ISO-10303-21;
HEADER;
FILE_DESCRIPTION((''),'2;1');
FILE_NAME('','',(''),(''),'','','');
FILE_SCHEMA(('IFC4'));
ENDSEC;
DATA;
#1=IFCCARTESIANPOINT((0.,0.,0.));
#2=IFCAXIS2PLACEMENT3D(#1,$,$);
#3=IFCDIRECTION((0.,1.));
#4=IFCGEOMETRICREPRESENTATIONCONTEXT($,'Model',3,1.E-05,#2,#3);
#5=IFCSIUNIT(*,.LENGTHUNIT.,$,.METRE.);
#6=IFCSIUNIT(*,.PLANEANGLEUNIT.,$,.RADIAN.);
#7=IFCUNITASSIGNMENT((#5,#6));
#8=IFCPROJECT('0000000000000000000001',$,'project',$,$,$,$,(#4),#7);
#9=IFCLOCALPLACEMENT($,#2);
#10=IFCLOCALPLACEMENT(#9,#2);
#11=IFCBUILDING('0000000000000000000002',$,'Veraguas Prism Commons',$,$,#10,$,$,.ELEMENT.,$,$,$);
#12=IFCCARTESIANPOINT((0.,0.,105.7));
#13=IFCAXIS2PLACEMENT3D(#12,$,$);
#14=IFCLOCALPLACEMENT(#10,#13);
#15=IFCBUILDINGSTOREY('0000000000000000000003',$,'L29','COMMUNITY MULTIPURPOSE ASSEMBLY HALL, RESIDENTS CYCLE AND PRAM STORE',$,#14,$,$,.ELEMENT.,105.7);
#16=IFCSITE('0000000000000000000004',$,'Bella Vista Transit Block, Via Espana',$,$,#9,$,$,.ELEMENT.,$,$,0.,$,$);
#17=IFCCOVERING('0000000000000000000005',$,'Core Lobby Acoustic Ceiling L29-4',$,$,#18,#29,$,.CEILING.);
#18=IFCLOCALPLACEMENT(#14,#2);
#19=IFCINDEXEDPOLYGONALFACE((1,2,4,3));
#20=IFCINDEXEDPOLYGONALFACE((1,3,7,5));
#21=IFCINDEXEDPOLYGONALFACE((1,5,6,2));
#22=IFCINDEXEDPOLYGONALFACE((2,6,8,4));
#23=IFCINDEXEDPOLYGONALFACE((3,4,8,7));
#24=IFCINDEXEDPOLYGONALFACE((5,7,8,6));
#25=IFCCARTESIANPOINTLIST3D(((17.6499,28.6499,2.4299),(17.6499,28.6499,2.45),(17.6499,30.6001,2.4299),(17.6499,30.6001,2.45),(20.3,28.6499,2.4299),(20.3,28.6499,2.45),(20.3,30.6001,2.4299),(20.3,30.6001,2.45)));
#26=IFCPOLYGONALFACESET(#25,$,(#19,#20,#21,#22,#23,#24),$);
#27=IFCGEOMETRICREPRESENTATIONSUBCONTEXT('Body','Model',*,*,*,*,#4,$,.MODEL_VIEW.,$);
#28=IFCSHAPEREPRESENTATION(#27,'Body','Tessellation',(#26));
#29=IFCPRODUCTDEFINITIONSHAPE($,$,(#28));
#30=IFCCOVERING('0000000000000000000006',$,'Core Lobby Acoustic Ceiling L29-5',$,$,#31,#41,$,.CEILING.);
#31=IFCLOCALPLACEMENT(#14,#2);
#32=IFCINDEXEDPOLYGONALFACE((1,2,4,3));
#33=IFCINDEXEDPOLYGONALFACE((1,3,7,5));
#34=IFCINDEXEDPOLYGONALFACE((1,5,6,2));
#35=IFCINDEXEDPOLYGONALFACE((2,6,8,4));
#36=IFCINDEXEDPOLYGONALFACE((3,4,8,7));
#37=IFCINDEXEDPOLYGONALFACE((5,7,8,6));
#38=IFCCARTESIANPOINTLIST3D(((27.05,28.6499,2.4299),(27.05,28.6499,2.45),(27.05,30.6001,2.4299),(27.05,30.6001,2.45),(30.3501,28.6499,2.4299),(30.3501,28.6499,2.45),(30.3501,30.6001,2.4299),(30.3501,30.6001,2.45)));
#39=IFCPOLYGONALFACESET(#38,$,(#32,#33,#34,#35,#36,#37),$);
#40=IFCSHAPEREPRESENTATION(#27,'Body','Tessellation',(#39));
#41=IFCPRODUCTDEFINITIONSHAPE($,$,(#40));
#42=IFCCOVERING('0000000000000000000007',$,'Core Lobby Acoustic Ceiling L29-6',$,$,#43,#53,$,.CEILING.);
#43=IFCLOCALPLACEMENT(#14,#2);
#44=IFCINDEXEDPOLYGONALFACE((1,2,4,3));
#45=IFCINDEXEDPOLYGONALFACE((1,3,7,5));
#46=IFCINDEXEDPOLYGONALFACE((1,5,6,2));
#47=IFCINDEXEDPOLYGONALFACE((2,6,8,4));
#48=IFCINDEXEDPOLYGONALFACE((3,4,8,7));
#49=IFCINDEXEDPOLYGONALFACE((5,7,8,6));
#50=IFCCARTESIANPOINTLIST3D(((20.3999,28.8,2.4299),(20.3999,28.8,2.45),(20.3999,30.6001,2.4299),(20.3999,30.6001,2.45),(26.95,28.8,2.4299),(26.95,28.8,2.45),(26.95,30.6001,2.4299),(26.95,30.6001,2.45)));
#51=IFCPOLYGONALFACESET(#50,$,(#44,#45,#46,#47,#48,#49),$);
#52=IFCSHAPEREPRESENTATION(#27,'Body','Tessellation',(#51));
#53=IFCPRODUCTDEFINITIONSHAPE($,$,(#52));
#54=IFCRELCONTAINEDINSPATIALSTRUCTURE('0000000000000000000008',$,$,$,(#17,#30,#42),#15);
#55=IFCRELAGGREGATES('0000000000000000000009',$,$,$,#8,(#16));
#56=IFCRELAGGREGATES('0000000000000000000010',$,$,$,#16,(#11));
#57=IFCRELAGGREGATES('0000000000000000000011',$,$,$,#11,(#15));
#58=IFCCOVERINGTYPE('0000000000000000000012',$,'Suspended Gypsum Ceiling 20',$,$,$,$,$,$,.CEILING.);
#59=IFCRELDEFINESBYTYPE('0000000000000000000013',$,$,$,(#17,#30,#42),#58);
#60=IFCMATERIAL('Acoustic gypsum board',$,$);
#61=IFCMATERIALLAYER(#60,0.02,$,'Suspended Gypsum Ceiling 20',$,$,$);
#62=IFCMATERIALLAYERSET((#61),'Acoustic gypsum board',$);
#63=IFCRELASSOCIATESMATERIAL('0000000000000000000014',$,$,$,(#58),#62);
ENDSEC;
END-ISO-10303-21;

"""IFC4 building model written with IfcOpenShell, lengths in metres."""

from ifc_helpers import new_model, si_unit, direction, frame, origin, place, context, subcontext, project, spatial, polyline, outline, extrude, material, layer, layer_set, type_object, element, save


model = new_model("IFC4")

# Units and contexts
model_context = context("Model", 3, precision=1e-05, world=origin(), true_north=direction((0.0, 1.0)))
body_context = subcontext(model_context, "Body", "Model", "MODEL_VIEW")
ifc_project = project(units=[si_unit("LENGTHUNIT", "METRE"), si_unit("PLANEANGLEUNIT", "RADIAN")], contexts=[model_context])

# Site, building, storey
site_placement = place(None, origin())
site = spatial("IfcSite", under=ifc_project, at=site_placement, Name="Bella Vista Transit Block, Via Espana", CompositionType="ELEMENT", RefElevation=0.0)
building_placement = place(site_placement, origin())
building = spatial("IfcBuilding", under=site, at=building_placement, Name="Veraguas Prism Commons", CompositionType="ELEMENT")
storey_placement = place(building_placement, frame((0.0, 0.0, 105.7)))
storey = spatial("IfcBuildingStorey", under=building, at=storey_placement, Name="L29", Description="COMMUNITY MULTIPURPOSE ASSEMBLY HALL, RESIDENTS CYCLE AND PRAM STORE", CompositionType="ELEMENT", Elevation=105.7)

# Coverings
ifc_material_1 = material(Name="Acoustic gypsum board")
ifc_layer_1 = layer(ifc_material_1, 0.02, Name="Suspended Gypsum Ceiling 20")
ifc_layer_set_1 = layer_set([ifc_layer_1], Name="Acoustic gypsum board")
covering_type_1 = type_object("IfcCoveringType", Name="Suspended Gypsum Ceiling 20", PredefinedType="CEILING", material=ifc_layer_set_1)
covering_1_placement = place(storey_placement, frame((0.0, 0.0, 2.4299)))
element("IfcCovering", 1, at=covering_1_placement, inside=storey, type_object=covering_type_1, Name="Core Lobby Acoustic Ceiling L29-4", PredefinedType="CEILING", context=body_context, shape_type="SweptSolid", body=[
    extrude(outline(polyline([(17.6499, 28.6499), (20.3, 28.6499), (20.3, 30.6001), (17.6499, 30.6001), (17.6499, 28.6499)])), origin(), (0.0, 0.0, 1.0), 0.02),
])
covering_2_placement = place(storey_placement, frame((0.0, 0.0, 2.4299)))
element("IfcCovering", 2, at=covering_2_placement, inside=storey, type_object=covering_type_1, Name="Core Lobby Acoustic Ceiling L29-5", PredefinedType="CEILING", context=body_context, shape_type="SweptSolid", body=[
    extrude(outline(polyline([(27.05, 28.6499), (30.3501, 28.6499), (30.3501, 30.6001), (27.05, 30.6001), (27.05, 28.6499)])), origin(), (0.0, 0.0, 1.0), 0.02),
])
covering_3_placement = place(storey_placement, frame((0.0, 0.0, 2.4299)))
element("IfcCovering", 3, at=covering_3_placement, inside=storey, type_object=covering_type_1, Name="Core Lobby Acoustic Ceiling L29-6", PredefinedType="CEILING", context=body_context, shape_type="SweptSolid", body=[
    extrude(outline(polyline([(20.3999, 28.8), (26.95, 28.8), (26.95, 30.6001), (20.3999, 30.6001), (20.3999, 28.8)])), origin(), (0.0, 0.0, 1.0), 0.02),
])

save(model, "model.ifc")
